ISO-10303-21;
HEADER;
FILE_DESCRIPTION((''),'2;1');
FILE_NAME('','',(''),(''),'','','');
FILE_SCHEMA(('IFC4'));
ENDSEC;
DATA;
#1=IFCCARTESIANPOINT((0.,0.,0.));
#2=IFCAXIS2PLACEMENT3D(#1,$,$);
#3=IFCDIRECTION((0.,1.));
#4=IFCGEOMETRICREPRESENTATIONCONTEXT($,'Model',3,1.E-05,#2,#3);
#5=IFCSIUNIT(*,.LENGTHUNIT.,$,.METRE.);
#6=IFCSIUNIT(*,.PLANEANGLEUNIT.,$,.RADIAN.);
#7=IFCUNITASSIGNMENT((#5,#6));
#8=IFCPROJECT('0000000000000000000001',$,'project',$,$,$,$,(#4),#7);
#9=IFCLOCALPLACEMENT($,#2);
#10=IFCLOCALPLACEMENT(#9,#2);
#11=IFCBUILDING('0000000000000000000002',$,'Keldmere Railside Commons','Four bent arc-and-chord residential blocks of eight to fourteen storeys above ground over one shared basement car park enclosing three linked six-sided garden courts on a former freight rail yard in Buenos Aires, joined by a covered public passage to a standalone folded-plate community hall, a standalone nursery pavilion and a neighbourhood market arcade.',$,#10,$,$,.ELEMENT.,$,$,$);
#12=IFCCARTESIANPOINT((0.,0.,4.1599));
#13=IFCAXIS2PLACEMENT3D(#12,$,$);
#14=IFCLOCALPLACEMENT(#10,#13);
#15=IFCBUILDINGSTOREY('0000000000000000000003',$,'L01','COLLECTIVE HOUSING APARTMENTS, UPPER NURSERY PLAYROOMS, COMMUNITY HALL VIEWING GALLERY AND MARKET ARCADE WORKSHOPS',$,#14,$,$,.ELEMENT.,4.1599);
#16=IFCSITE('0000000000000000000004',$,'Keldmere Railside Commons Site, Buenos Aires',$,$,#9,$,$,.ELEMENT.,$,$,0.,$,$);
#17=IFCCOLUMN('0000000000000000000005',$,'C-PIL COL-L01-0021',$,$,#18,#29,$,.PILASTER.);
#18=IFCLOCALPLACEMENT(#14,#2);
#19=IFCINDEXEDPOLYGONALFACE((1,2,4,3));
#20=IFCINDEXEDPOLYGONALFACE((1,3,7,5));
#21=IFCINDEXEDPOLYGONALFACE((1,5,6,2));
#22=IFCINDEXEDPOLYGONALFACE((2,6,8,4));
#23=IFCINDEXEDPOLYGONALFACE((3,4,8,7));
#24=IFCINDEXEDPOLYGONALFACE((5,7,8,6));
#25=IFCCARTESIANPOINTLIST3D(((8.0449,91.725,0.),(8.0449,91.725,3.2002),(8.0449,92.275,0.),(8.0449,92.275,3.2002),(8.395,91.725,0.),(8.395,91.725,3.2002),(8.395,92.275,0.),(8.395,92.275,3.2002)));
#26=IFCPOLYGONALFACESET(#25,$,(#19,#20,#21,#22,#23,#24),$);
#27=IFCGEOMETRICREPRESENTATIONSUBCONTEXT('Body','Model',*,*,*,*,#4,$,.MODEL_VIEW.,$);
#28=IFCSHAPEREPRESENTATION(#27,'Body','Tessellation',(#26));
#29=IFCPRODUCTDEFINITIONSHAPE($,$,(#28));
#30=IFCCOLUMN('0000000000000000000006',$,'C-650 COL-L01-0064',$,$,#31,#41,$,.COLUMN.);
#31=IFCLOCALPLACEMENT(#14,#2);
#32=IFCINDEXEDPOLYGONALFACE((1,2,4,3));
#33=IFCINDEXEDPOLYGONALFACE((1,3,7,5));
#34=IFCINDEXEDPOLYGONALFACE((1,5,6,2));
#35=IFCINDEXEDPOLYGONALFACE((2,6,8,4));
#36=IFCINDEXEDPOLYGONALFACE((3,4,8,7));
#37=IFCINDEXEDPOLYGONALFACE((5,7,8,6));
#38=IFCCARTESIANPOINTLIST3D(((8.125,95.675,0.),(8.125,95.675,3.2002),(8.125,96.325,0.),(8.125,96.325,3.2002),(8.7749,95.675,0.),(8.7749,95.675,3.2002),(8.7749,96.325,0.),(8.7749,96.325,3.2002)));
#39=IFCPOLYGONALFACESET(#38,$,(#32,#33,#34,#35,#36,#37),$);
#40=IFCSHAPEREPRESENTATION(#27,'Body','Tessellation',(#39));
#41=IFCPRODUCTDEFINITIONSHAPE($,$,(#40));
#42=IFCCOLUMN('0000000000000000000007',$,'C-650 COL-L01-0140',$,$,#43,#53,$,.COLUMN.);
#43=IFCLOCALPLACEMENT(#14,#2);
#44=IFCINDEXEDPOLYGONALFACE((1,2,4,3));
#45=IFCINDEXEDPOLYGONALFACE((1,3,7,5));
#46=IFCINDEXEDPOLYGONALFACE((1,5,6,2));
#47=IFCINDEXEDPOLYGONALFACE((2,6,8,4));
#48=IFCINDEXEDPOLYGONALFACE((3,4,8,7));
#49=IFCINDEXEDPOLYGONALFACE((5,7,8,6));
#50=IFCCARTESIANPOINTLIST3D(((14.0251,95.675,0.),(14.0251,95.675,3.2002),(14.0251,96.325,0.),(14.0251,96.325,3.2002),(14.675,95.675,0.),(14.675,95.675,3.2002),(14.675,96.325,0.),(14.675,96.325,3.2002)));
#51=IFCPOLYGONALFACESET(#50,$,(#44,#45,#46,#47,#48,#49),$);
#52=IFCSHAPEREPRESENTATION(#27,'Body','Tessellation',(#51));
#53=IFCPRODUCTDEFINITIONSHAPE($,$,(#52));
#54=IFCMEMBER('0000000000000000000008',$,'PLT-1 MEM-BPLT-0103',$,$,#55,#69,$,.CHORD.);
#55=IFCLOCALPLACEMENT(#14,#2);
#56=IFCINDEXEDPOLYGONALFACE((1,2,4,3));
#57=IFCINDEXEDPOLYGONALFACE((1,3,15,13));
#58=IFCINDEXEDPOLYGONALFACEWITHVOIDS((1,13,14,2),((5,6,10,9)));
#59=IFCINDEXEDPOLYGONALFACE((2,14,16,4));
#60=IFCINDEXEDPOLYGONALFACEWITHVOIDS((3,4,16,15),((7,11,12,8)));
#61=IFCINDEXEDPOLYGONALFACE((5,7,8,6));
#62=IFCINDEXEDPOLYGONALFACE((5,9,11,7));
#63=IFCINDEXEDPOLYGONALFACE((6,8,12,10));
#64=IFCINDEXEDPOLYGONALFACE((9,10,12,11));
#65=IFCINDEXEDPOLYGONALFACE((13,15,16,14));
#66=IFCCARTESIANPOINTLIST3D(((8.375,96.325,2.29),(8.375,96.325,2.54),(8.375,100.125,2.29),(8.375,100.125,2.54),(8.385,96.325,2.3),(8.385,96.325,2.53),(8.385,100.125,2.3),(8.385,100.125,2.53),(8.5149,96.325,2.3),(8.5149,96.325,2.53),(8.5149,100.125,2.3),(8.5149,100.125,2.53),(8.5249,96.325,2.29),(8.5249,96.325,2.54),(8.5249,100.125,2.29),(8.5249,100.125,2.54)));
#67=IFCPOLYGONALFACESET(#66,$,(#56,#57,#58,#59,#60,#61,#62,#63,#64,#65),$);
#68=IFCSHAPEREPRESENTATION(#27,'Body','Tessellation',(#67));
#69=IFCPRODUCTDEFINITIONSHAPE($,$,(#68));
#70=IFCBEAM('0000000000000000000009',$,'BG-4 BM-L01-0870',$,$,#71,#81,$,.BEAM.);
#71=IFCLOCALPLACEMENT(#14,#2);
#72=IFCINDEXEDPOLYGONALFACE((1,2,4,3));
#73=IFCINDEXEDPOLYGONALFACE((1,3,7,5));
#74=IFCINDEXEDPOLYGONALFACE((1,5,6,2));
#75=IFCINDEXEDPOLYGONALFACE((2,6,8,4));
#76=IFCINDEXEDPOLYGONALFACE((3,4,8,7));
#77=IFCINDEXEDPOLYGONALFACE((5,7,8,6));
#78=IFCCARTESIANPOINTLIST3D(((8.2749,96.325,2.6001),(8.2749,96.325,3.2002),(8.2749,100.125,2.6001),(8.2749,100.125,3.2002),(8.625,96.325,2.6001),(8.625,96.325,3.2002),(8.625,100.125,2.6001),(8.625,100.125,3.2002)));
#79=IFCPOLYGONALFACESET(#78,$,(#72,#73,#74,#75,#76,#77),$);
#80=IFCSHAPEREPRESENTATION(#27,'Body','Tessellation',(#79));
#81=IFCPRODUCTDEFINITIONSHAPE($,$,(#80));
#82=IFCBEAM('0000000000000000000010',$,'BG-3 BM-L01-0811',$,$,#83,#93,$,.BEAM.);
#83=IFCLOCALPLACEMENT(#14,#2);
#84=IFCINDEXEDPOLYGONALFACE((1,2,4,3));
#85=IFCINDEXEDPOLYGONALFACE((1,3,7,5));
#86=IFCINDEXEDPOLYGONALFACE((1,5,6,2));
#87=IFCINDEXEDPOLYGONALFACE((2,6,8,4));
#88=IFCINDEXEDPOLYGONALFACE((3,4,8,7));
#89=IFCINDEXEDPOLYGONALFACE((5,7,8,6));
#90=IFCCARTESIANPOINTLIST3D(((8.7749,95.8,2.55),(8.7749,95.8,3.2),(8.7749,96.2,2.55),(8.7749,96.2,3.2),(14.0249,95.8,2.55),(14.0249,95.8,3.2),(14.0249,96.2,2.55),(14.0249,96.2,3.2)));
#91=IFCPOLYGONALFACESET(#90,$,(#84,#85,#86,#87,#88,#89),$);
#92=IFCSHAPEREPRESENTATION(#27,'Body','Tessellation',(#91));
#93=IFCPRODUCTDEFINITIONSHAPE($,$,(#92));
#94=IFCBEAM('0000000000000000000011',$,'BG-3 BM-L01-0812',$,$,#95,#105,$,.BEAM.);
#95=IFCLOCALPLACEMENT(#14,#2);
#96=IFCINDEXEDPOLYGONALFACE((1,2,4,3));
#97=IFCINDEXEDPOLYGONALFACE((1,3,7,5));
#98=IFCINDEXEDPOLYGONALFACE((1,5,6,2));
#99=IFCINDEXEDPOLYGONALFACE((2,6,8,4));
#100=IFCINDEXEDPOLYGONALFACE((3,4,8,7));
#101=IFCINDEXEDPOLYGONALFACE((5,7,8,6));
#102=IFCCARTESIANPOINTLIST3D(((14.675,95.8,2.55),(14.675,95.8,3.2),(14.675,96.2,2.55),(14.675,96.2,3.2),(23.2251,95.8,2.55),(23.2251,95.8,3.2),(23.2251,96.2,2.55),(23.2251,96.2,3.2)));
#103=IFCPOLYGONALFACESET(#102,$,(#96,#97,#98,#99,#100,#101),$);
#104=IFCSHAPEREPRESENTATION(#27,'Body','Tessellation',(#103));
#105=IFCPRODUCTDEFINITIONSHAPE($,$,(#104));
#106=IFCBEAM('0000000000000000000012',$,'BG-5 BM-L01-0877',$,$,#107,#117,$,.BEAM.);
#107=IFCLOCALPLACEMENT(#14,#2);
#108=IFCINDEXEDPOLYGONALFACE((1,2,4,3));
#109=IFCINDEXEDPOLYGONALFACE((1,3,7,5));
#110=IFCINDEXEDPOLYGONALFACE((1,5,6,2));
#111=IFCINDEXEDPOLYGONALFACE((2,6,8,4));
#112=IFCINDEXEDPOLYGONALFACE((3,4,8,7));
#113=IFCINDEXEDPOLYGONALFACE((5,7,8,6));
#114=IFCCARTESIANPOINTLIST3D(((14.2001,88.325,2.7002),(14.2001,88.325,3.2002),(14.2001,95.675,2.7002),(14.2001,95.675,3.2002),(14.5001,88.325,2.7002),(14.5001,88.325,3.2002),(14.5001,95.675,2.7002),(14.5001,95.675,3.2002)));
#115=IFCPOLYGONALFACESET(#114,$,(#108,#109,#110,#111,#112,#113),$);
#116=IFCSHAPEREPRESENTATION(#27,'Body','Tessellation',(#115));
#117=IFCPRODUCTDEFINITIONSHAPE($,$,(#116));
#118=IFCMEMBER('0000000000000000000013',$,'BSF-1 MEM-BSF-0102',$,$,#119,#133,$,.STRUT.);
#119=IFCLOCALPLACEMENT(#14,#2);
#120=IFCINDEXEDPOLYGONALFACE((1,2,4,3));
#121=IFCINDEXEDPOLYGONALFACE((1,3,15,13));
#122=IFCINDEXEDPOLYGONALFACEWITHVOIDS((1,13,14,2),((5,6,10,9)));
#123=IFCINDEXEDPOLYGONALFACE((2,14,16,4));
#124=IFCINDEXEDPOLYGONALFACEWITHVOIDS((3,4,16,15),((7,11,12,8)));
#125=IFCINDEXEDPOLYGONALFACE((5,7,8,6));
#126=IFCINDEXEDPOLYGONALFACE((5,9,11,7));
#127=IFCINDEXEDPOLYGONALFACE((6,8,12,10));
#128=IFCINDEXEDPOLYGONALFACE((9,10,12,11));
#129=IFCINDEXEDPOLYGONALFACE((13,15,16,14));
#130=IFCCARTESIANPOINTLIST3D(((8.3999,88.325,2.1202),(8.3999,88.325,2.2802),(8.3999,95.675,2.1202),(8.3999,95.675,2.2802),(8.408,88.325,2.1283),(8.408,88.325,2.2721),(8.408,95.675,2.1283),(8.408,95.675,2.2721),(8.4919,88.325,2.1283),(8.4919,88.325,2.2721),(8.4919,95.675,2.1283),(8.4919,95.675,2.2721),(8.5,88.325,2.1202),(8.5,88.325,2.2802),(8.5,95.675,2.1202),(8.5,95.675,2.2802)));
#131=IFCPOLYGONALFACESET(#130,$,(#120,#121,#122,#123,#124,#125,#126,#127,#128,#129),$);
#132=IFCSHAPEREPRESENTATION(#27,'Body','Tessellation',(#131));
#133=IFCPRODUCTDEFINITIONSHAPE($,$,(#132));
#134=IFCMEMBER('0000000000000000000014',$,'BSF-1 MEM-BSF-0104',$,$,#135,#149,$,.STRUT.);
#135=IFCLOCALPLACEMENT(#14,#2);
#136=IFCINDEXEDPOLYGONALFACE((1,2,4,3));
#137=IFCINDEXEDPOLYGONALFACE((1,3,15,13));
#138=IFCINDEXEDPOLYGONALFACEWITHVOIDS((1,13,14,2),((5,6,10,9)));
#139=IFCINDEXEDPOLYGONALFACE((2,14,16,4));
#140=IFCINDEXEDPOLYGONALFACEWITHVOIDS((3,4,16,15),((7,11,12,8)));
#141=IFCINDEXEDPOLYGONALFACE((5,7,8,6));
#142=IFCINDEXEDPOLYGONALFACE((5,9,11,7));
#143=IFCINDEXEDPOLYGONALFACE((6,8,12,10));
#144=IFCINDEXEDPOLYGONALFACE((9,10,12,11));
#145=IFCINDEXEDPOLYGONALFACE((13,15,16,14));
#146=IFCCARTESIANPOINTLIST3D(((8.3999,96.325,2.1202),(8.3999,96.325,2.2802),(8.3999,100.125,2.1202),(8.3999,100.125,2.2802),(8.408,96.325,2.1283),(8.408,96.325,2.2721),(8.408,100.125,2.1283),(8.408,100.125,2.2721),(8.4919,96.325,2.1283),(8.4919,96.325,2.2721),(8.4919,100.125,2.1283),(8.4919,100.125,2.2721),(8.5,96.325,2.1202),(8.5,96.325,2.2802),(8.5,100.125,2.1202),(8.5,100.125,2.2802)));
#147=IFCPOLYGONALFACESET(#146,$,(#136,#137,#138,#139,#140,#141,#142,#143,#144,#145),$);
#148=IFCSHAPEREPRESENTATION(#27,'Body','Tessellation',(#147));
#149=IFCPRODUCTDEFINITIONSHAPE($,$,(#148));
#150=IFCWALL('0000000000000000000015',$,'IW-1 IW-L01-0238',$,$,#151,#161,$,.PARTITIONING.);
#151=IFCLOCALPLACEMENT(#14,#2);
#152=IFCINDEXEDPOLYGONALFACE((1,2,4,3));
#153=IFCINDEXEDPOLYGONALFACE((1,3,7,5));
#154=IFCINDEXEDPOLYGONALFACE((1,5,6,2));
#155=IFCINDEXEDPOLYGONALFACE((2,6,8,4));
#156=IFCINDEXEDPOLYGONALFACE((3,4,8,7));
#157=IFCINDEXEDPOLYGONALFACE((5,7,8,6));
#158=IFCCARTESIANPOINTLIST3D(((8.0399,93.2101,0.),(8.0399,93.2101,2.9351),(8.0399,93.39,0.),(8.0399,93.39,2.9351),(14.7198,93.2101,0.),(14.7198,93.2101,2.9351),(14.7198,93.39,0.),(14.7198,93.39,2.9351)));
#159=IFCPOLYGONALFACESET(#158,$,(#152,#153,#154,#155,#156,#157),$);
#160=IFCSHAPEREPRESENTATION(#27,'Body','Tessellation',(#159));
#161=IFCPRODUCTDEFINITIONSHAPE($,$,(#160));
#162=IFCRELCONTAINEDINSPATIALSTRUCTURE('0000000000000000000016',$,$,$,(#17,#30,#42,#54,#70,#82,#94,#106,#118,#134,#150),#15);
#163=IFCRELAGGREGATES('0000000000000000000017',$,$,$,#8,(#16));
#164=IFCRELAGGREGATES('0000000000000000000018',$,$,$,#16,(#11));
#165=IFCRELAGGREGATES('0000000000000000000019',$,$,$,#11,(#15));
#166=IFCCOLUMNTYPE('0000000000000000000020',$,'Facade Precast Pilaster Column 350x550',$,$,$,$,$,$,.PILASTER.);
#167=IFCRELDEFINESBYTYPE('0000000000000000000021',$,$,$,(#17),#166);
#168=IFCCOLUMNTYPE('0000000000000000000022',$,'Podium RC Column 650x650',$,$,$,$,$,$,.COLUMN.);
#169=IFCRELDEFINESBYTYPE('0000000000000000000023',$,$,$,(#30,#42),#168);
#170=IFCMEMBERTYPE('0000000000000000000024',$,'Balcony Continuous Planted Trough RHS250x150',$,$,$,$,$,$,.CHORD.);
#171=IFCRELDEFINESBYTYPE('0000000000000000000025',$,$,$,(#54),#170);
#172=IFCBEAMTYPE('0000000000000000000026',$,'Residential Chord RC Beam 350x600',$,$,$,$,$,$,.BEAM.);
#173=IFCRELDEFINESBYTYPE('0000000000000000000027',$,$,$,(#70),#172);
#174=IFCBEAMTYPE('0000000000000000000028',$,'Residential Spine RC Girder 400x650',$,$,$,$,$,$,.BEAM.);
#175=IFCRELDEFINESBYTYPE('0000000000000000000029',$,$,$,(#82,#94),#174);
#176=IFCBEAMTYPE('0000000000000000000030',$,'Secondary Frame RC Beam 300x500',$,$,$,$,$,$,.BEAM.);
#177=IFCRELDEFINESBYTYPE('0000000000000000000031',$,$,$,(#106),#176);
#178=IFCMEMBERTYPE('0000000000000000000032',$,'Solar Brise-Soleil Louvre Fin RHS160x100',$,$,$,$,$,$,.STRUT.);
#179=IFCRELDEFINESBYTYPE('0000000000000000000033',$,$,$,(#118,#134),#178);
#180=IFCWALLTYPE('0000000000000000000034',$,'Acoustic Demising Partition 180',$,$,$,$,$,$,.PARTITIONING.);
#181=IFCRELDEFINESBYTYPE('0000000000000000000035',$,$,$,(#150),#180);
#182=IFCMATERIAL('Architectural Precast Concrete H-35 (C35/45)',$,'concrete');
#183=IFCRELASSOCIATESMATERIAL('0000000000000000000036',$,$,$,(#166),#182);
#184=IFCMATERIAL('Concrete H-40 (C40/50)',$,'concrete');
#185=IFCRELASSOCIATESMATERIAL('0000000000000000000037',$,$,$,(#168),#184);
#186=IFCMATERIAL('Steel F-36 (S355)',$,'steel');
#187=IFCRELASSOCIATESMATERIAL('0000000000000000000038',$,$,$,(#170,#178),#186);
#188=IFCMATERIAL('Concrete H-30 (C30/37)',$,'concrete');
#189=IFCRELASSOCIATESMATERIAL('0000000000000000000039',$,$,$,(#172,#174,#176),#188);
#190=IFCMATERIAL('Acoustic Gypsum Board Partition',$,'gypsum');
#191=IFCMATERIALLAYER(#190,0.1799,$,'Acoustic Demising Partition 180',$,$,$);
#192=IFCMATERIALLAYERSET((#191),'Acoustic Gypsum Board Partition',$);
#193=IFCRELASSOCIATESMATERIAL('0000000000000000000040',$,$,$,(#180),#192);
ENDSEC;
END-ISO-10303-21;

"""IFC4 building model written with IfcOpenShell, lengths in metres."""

from ifc_helpers import new_model, si_unit, direction, frame, frame_2d, origin, origin_2d, place, context, subcontext, project, spatial, rectangle, hollow_rectangle, extrude, material, layer, layer_set, material_profile, profile_set, type_object, element, save


model = new_model("IFC4")

# Units and contexts
model_context = context("Model", 3, precision=1e-05, world=origin(), true_north=direction((0.0, 1.0)))
body_context = subcontext(model_context, "Body", "Model", "MODEL_VIEW")
ifc_project = project(units=[si_unit("LENGTHUNIT", "METRE"), si_unit("PLANEANGLEUNIT", "RADIAN")], contexts=[model_context])

# Site, building, storey
site_placement = place(None, origin())
site = spatial("IfcSite", under=ifc_project, at=site_placement, Name="Keldmere Railside Commons Site, Buenos Aires", CompositionType="ELEMENT", RefElevation=0.0)
building_placement = place(site_placement, origin())
building = spatial("IfcBuilding", under=site, at=building_placement, Name="Keldmere Railside Commons", Description="Four bent arc-and-chord residential blocks of eight to fourteen storeys above ground over one shared basement car park enclosing three linked six-sided garden courts on a former freight rail yard in Buenos Aires, joined by a covered public passage to a standalone folded-plate community hall, a standalone nursery pavilion and a neighbourhood market arcade.", CompositionType="ELEMENT")
storey_placement = place(building_placement, frame((0.0, 0.0, 4.1599)))
storey = spatial("IfcBuildingStorey", under=building, at=storey_placement, Name="L01", Description="COLLECTIVE HOUSING APARTMENTS, UPPER NURSERY PLAYROOMS, COMMUNITY HALL VIEWING GALLERY AND MARKET ARCADE WORKSHOPS", CompositionType="ELEMENT", Elevation=4.1599)

# Columns
ifc_material_1 = material(Name="Architectural Precast Concrete H-35 (C35/45)", Category="concrete")
ifc_material_profile_1 = material_profile(ifc_material_1, rectangle(XDim=0.3501, YDim=0.55, at=origin_2d()), Name="RC-350x550")
ifc_profile_set_1 = profile_set([ifc_material_profile_1], Name="Architectural Precast Concrete H-35 (C35/45)")
column_type_1 = type_object("IfcColumnType", Name="Facade Precast Pilaster Column 350x550", PredefinedType="PILASTER", material=ifc_profile_set_1)
column_placement = place(storey_placement, frame((8.22, 92.0, 0.0), z_axis=(0.0, 0.0, 1.0), x_axis=(1.0, 0.0, 0.0)))
element("IfcColumn", 1, at=column_placement, inside=storey, type_object=column_type_1, Name="C-PIL COL-L01-0021", PredefinedType="PILASTER", context=body_context, shape_type="SweptSolid", body=[
    extrude(rectangle(XDim=0.3501, YDim=0.55, at=origin_2d()), origin(), (0.0, 0.0, 1.0), 3.2002),
])
ifc_material_2 = material(Name="Concrete H-40 (C40/50)", Category="concrete")
ifc_material_profile_2 = material_profile(ifc_material_2, rectangle(XDim=0.6499, YDim=0.6499, at=origin_2d()), Name="RC-650x650")
ifc_profile_set_2 = profile_set([ifc_material_profile_2], Name="Concrete H-40 (C40/50)")
column_type_2 = type_object("IfcColumnType", Name="Podium RC Column 650x650", PredefinedType="COLUMN", material=ifc_profile_set_2)
for number, where, z_axis, x_axis, name in (
    (2, (8.45, 96.0, 0.0), (0.0, 0.0, 1.0), (1.0, 0.0, 0.0), "C-650 COL-L01-0064"),
    (3, (14.3501, 96.0, 0.0), (0.0, 0.0, 1.0), (1.0, 0.0, 0.0), "C-650 COL-L01-0140"),
):
    element("IfcColumn", number, at=place(storey_placement, frame(where, z_axis=z_axis, x_axis=x_axis)), inside=storey, type_object=column_type_2, Name=name, PredefinedType="COLUMN", context=body_context, shape_type="SweptSolid", body=[
        extrude(rectangle(XDim=0.6499, YDim=0.6499, at=origin_2d()), origin(), (0.0, 0.0, 1.0), 3.2002),
    ])

# Member
ifc_material_3 = material(Name="Steel F-36 (S355)", Category="steel")
ifc_material_profile_3 = material_profile(ifc_material_3, hollow_rectangle(XDim=0.1499, YDim=0.25, WallThickness=0.01, at=origin_2d()), Name="RHS-250x150x10")
ifc_profile_set_3 = profile_set([ifc_material_profile_3], Name="Steel F-36 (S355)")
member_type_1 = type_object("IfcMemberType", Name="Balcony Continuous Planted Trough RHS250x150", PredefinedType="CHORD", material=ifc_profile_set_3)
member_1_placement = place(storey_placement, frame((8.45, 96.325, 2.415), z_axis=(0.0, 1.0, 0.0), x_axis=(-1.0, 0.0, 0.0)))
element("IfcMember", 4, at=member_1_placement, inside=storey, type_object=member_type_1, Name="PLT-1 MEM-BPLT-0103", PredefinedType="CHORD", context=body_context, shape_type="SweptSolid", body=[
    extrude(hollow_rectangle(XDim=0.1499, YDim=0.25, WallThickness=0.01, at=origin_2d()), origin(), (0.0, 0.0, 1.0), 3.8),
])

# Beams
ifc_material_4 = material(Name="Concrete H-30 (C30/37)", Category="concrete")
ifc_material_profile_4 = material_profile(ifc_material_4, rectangle(XDim=0.3501, YDim=0.6001, at=origin_2d()), Name="RC-350x600")
ifc_profile_set_4 = profile_set([ifc_material_profile_4], Name="Concrete H-30 (C30/37)")
beam_type_1 = type_object("IfcBeamType", Name="Residential Chord RC Beam 350x600", PredefinedType="BEAM", material=ifc_profile_set_4)
beam_1_placement = place(storey_placement, frame((8.45, 96.325, 2.9001), z_axis=(0.0, 1.0, 0.0), x_axis=(-1.0, 0.0, 0.0)))
element("IfcBeam", 5, at=beam_1_placement, inside=storey, type_object=beam_type_1, Name="BG-4 BM-L01-0870", PredefinedType="BEAM", context=body_context, shape_type="SweptSolid", body=[
    extrude(rectangle(XDim=0.3501, YDim=0.6001, at=origin_2d()), origin(), (0.0, 0.0, 1.0), 3.8),
])
ifc_material_profile_5 = material_profile(ifc_material_4, rectangle(XDim=0.3999, YDim=0.6499, at=origin_2d()), Name="RC-400x650")
ifc_profile_set_5 = profile_set([ifc_material_profile_5], Name="Concrete H-30 (C30/37)")
beam_type_2 = type_object("IfcBeamType", Name="Residential Spine RC Girder 400x650", PredefinedType="BEAM", material=ifc_profile_set_5)
beam_2_placement = place(storey_placement, frame((8.7749, 96.0, 2.875), z_axis=(1.0, 0.0, 0.0), x_axis=(0.0, 1.0, 0.0)))
element("IfcBeam", 6, at=beam_2_placement, inside=storey, type_object=beam_type_2, Name="BG-3 BM-L01-0811", PredefinedType="BEAM", context=body_context, shape_type="SweptSolid", body=[
    extrude(rectangle(XDim=0.3999, YDim=0.6499, at=origin_2d()), origin(), (0.0, 0.0, 1.0), 5.25),
])
beam_3_placement = place(storey_placement, frame((14.675, 96.0, 2.875), z_axis=(1.0, 0.0, 0.0), x_axis=(0.0, 1.0, 0.0)))
element("IfcBeam", 7, at=beam_3_placement, inside=storey, type_object=beam_type_2, Name="BG-3 BM-L01-0812", PredefinedType="BEAM", context=body_context, shape_type="SweptSolid", body=[
    extrude(rectangle(XDim=0.3999, YDim=0.6499, at=origin_2d()), origin(), (0.0, 0.0, 1.0), 8.55),
])
ifc_material_profile_6 = material_profile(ifc_material_4, rectangle(XDim=0.3, YDim=0.5, at=origin_2d()), Name="RC-300x500")
ifc_profile_set_6 = profile_set([ifc_material_profile_6], Name="Concrete H-30 (C30/37)")
beam_type_3 = type_object("IfcBeamType", Name="Secondary Frame RC Beam 300x500", PredefinedType="BEAM", material=ifc_profile_set_6)
beam_4_placement = place(storey_placement, frame((14.3501, 88.325, 2.9502), z_axis=(0.0, 1.0, 0.0), x_axis=(-1.0, 0.0, 0.0)))
element("IfcBeam", 8, at=beam_4_placement, inside=storey, type_object=beam_type_3, Name="BG-5 BM-L01-0877", PredefinedType="BEAM", context=body_context, shape_type="SweptSolid", body=[
    extrude(rectangle(XDim=0.3, YDim=0.5, at=origin_2d()), origin(), (0.0, 0.0, 1.0), 7.3501),
])

# Members
ifc_material_profile_7 = material_profile(ifc_material_3, hollow_rectangle(XDim=0.1001, YDim=0.1599, WallThickness=0.0081, at=origin_2d()), Name="RHS-160x100x8")
ifc_profile_set_7 = profile_set([ifc_material_profile_7], Name="Steel F-36 (S355)")
member_type_2 = type_object("IfcMemberType", Name="Solar Brise-Soleil Louvre Fin RHS160x100", PredefinedType="STRUT", material=ifc_profile_set_7)
member_2_placement = place(storey_placement, frame((8.45, 88.325, 2.2002), z_axis=(0.0, 1.0, 0.0), x_axis=(-1.0, 0.0, 0.0)))
element("IfcMember", 9, at=member_2_placement, inside=storey, type_object=member_type_2, Name="BSF-1 MEM-BSF-0102", PredefinedType="STRUT", context=body_context, shape_type="SweptSolid", body=[
    extrude(hollow_rectangle(XDim=0.1001, YDim=0.1599, WallThickness=0.0081, at=origin_2d()), origin(), (0.0, 0.0, 1.0), 7.3501),
])
member_3_placement = place(storey_placement, frame((8.45, 96.325, 2.2002), z_axis=(0.0, 1.0, 0.0), x_axis=(-1.0, 0.0, 0.0)))
element("IfcMember", 10, at=member_3_placement, inside=storey, type_object=member_type_2, Name="BSF-1 MEM-BSF-0104", PredefinedType="STRUT", context=body_context, shape_type="SweptSolid", body=[
    extrude(hollow_rectangle(XDim=0.1001, YDim=0.1599, WallThickness=0.0081, at=origin_2d()), origin(), (0.0, 0.0, 1.0), 3.8),
])

# Wall
ifc_material_5 = material(Name="Acoustic Gypsum Board Partition", Category="gypsum")
ifc_layer = layer(ifc_material_5, 0.1799, Name="Acoustic Demising Partition 180")
ifc_layer_set = layer_set([ifc_layer], Name="Acoustic Gypsum Board Partition")
wall_type = type_object("IfcWallType", Name="Acoustic Demising Partition 180", PredefinedType="PARTITIONING", material=ifc_layer_set)
wall_placement = place(storey_placement, frame((8.04, 93.3, 0.0), z_axis=(0.0, 0.0, 1.0), x_axis=(1.0, 0.0, 0.0)))
element("IfcWall", 11, at=wall_placement, inside=storey, type_object=wall_type, Name="IW-1 IW-L01-0238", PredefinedType="PARTITIONING", context=body_context, shape_type="SweptSolid", body=[
    extrude(rectangle(XDim=6.6799, YDim=0.1799, at=frame_2d((3.3398, 0.0))), origin(), (0.0, 0.0, 1.0), 2.9351),
])

save(model, "model.ifc")
